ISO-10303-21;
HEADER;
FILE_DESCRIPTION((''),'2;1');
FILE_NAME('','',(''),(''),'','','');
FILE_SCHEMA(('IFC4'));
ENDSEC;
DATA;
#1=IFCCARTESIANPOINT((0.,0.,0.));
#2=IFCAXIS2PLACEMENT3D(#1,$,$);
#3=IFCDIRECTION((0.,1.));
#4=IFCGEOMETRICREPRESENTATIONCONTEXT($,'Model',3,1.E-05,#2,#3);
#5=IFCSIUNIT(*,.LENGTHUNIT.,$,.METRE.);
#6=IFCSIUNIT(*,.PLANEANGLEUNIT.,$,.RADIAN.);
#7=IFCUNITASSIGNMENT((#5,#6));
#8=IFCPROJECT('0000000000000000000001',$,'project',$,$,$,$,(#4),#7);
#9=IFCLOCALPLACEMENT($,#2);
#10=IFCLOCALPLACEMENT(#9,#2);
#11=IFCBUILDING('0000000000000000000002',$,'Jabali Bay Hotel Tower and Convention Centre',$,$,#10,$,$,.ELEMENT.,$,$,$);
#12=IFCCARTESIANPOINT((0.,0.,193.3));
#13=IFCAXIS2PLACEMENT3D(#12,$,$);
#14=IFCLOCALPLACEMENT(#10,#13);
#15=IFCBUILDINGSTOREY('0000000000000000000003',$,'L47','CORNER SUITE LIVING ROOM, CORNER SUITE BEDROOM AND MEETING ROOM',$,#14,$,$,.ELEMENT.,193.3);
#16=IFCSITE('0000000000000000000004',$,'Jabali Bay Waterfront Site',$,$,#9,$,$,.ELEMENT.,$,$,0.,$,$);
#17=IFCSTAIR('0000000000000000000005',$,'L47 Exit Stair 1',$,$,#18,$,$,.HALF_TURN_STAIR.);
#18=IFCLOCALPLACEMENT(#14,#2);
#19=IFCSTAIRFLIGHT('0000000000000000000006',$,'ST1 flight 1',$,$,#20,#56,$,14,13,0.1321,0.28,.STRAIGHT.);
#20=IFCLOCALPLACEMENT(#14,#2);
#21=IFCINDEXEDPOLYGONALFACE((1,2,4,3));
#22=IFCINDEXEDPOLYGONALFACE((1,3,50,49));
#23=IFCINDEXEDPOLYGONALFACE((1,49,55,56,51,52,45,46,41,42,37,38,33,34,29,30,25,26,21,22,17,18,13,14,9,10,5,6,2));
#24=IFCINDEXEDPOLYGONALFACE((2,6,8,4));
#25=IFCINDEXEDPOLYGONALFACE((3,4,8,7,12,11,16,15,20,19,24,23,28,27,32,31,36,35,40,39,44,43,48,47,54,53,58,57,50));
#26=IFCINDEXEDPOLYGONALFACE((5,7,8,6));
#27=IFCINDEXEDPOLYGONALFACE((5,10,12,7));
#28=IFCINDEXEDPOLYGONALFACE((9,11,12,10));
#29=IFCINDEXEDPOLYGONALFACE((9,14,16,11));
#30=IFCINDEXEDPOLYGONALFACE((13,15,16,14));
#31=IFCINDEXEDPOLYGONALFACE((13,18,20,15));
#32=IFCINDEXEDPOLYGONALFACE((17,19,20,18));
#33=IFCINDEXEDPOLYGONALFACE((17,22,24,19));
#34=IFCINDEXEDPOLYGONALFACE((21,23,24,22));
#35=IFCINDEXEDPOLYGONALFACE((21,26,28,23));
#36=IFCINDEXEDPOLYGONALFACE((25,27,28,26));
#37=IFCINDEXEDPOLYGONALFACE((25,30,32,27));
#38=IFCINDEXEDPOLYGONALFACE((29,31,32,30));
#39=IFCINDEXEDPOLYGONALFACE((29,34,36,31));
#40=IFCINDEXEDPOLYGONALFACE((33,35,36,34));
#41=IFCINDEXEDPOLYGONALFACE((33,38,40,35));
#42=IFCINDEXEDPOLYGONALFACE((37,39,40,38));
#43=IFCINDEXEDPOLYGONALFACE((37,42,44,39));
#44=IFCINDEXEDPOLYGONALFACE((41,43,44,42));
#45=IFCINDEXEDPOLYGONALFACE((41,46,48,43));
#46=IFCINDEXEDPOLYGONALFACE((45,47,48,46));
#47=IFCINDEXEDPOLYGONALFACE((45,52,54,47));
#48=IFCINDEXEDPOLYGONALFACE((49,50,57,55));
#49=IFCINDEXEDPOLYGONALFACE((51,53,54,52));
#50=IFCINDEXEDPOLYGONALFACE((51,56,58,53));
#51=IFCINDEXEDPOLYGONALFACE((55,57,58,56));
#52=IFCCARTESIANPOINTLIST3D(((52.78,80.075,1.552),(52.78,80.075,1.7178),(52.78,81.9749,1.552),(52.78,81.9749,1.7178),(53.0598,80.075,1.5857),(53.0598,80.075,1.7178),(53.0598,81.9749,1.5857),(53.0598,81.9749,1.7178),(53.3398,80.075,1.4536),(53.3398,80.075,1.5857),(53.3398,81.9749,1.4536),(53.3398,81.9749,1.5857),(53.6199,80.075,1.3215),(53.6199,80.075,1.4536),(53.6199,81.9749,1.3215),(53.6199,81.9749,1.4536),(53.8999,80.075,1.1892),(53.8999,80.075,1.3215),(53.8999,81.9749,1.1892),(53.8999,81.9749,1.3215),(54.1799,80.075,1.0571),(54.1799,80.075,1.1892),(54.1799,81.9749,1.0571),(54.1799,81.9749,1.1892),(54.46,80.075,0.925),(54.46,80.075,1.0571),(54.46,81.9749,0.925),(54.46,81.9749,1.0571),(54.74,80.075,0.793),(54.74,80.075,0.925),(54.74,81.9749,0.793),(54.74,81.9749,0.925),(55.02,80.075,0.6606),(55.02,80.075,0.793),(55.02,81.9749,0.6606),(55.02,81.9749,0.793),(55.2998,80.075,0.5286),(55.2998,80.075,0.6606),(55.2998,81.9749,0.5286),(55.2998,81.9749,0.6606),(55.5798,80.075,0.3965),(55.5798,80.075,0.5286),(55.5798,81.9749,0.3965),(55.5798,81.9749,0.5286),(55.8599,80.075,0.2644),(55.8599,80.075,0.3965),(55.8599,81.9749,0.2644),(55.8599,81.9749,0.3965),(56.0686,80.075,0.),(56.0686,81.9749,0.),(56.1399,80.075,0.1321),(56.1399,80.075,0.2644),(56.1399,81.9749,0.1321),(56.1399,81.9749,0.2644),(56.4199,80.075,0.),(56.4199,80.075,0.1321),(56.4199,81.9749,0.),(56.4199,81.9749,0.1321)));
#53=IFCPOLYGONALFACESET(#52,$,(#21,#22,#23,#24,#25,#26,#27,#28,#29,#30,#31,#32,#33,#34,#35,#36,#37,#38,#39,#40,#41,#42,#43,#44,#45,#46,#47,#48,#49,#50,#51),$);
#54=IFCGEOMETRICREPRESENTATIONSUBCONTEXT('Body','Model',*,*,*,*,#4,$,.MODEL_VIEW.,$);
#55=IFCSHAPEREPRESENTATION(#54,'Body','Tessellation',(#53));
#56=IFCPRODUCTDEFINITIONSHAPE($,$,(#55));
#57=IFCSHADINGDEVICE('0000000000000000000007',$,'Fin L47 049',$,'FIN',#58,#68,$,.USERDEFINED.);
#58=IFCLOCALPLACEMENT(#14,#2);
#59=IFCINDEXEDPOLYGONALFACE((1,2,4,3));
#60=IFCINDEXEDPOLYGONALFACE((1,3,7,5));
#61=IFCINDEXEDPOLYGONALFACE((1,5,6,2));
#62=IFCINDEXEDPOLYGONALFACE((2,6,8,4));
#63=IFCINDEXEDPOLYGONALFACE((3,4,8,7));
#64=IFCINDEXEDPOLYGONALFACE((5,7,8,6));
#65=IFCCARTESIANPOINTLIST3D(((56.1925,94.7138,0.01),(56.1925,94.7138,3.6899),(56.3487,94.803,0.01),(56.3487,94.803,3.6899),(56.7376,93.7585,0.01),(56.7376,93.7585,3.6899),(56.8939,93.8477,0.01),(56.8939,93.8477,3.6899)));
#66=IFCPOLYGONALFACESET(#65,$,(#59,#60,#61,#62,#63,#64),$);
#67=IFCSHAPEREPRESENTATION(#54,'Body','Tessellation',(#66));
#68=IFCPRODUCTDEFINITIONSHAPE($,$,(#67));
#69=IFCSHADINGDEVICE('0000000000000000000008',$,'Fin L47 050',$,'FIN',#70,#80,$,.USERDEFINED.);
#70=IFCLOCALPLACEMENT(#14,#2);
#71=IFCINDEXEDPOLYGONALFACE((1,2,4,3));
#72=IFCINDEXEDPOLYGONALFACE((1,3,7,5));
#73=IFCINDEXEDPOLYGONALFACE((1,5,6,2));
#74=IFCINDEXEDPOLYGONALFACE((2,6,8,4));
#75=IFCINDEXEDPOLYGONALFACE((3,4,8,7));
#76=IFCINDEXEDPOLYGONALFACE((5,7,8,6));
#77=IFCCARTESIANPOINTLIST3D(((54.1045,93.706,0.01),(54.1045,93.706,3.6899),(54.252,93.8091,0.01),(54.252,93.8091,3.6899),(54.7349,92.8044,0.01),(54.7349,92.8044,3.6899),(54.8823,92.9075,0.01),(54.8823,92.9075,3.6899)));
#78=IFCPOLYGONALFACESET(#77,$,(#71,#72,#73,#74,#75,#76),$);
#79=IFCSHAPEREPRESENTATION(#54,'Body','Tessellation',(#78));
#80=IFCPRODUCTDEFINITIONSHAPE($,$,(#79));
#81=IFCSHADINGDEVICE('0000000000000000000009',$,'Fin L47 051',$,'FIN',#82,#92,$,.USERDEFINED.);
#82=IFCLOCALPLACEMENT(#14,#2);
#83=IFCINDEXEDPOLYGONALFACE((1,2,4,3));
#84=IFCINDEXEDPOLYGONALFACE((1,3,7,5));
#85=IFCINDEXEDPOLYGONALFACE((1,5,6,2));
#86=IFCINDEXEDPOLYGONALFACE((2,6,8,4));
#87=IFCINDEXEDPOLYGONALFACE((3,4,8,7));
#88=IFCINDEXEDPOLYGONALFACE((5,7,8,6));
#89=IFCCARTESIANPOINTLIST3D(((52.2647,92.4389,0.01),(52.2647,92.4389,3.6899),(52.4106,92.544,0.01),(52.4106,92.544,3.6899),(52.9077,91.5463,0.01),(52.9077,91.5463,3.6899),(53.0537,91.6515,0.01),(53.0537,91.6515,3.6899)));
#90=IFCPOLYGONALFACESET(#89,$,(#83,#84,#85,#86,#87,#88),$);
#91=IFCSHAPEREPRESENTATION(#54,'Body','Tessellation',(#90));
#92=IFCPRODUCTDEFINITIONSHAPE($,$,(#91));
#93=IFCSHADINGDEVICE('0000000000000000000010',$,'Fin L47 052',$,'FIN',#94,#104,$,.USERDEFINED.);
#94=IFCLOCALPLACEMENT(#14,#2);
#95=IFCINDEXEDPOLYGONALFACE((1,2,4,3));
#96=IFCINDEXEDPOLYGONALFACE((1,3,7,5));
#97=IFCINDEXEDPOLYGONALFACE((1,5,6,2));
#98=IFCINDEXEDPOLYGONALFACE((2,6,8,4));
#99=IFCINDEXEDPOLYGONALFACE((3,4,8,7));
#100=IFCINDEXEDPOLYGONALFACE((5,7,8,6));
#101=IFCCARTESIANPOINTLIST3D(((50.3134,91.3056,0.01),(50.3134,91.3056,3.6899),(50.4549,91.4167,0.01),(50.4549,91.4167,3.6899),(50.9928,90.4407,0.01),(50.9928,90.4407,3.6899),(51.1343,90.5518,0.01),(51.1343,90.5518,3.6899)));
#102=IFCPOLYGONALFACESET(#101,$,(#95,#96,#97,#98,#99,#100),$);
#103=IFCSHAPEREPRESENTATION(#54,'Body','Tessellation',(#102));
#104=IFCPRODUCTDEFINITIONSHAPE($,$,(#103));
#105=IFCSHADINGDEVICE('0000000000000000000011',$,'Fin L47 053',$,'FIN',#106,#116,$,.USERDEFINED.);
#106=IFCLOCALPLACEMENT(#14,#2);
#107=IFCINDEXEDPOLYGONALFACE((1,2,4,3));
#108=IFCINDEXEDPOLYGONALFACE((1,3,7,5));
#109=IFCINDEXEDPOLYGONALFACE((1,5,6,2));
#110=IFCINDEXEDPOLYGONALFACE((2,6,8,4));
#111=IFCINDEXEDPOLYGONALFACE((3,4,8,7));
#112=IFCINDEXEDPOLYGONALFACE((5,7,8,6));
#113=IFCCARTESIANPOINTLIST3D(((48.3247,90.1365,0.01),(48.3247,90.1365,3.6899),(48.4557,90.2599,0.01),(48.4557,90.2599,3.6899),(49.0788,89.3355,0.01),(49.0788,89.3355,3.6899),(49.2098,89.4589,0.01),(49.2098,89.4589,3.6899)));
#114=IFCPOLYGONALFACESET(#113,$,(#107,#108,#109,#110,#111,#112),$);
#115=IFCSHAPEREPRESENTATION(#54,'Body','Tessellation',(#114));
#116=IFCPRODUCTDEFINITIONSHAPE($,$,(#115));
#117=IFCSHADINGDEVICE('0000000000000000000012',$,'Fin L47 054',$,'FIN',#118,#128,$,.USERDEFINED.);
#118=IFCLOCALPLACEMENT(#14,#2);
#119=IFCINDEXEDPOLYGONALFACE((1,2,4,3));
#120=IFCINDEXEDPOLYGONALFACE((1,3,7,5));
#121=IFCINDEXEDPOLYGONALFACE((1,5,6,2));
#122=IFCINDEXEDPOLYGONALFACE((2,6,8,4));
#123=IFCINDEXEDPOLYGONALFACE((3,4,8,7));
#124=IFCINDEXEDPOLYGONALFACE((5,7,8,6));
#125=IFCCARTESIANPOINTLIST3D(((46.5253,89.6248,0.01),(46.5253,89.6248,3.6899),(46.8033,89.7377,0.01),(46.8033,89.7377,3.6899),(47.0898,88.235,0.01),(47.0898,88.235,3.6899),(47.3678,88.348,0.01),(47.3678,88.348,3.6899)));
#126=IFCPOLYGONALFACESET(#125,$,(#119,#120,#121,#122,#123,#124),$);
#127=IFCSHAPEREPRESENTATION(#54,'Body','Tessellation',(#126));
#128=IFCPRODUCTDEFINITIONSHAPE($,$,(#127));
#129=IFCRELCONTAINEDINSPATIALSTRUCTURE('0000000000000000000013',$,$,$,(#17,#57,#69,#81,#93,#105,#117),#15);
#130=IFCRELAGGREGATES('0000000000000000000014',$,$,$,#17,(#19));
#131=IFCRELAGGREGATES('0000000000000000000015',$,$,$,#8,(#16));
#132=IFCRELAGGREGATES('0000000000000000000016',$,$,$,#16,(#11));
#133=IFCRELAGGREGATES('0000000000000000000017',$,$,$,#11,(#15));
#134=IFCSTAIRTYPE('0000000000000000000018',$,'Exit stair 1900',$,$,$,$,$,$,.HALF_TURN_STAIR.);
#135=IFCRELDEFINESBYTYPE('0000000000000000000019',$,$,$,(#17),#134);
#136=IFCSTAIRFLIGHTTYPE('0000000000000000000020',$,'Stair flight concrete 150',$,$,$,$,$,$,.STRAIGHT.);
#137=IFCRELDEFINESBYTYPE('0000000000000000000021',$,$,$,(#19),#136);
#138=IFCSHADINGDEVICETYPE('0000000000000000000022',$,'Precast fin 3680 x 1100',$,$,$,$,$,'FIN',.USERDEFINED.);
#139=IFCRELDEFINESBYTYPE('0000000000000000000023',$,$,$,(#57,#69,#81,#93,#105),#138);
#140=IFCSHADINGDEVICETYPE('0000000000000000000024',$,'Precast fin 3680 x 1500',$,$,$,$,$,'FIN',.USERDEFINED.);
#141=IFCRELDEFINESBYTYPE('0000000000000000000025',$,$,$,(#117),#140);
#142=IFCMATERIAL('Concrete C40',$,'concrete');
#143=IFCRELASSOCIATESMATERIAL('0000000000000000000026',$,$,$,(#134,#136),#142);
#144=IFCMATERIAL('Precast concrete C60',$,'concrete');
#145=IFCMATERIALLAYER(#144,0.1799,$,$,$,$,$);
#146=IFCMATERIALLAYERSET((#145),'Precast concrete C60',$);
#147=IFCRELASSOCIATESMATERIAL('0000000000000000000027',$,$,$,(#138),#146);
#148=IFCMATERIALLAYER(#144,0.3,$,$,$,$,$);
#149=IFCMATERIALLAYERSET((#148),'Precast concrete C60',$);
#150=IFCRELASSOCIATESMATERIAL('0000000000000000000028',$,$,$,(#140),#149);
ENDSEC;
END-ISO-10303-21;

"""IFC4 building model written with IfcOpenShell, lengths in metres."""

from ifc_helpers import new_model, si_unit, direction, frame, frame_2d, origin, place, context, subcontext, project, spatial, polyline, rectangle, outline, extrude, material, layer, layer_set, type_object, element, aggregate, save


model = new_model("IFC4")

# Units and contexts
model_context = context("Model", 3, precision=1e-05, world=origin(), true_north=direction((0.0, 1.0)))
body_context = subcontext(model_context, "Body", "Model", "MODEL_VIEW")
ifc_project = project(units=[si_unit("LENGTHUNIT", "METRE"), si_unit("PLANEANGLEUNIT", "RADIAN")], contexts=[model_context])

# Site, building, storey
site_placement = place(None, origin())
site = spatial("IfcSite", under=ifc_project, at=site_placement, Name="Jabali Bay Waterfront Site", CompositionType="ELEMENT", RefElevation=0.0)
building_placement = place(site_placement, origin())
building = spatial("IfcBuilding", under=site, at=building_placement, Name="Jabali Bay Hotel Tower and Convention Centre", CompositionType="ELEMENT")
storey_placement = place(building_placement, frame((0.0, 0.0, 193.3)))
storey = spatial("IfcBuildingStorey", under=building, at=storey_placement, Name="L47", Description="CORNER SUITE LIVING ROOM, CORNER SUITE BEDROOM AND MEETING ROOM", CompositionType="ELEMENT", Elevation=193.3)

# Shared definitions
ifc_material_1 = material(Name="Concrete C40", Category="concrete")

# Stair, stair flight
stair_type = type_object("IfcStairType", Name="Exit stair 1900", PredefinedType="HALF_TURN_STAIR", material=ifc_material_1)
stair_placement = place(storey_placement, origin())
stair = element("IfcStair", 1, at=stair_placement, inside=storey, type_object=stair_type, Name="L47 Exit Stair 1", PredefinedType="HALF_TURN_STAIR")
stair_flight_type = type_object("IfcStairFlightType", Name="Stair flight concrete 150", PredefinedType="STRAIGHT", material=ifc_material_1)
stair_flight_placement = place(storey_placement, frame((56.4199, 81.0249, 0.0), z_axis=(0.0, 0.0, 1.0), x_axis=(-1.0, 0.0, 0.0)))
stair_flight = element("IfcStairFlight", 2, at=stair_flight_placement, type_object=stair_flight_type, Name="ST1 flight 1", NumberOfRisers=14, NumberOfTreads=13, PredefinedType="STRAIGHT", RiserHeight=0.1321, TreadLength=0.28, context=body_context, shape_type="SweptSolid", body=[
    extrude(outline(polyline([(0.0, 0.0), (0.0, 0.1321), (0.28, 0.1321), (0.28, 0.2644), (0.5601, 0.2644), (0.5601, 0.3965), (0.8401, 0.3965), (0.8401, 0.5286), (1.1201, 0.5286), (1.1201, 0.6606), (1.3999, 0.6606), (1.3999, 0.793), (1.6799, 0.793), (1.6799, 0.925), (1.96, 0.925), (1.96, 1.0571), (2.24, 1.0571), (2.24, 1.1892), (2.52, 1.1892), (2.52, 1.3215), (2.8, 1.3215), (2.8, 1.4536), (3.0801, 1.4536), (3.0801, 1.5857), (3.3601, 1.5857), (3.3601, 1.7178), (3.6399, 1.7178), (3.6399, 1.8501), (3.6399, 1.552), (0.3513, 0.0), (0.0, 0.0)])), frame((0.0, 0.95, 0.0), z_axis=(0.0, -1.0, 0.0), x_axis=(1.0, 0.0, 0.0)), (0.0, 0.0, 1.0), 1.8999),
])
aggregate(stair, [stair_flight])

# Shading devices
ifc_material_2 = material(Name="Precast concrete C60", Category="concrete")
ifc_layer_1 = layer(ifc_material_2, 0.1799)
ifc_layer_set_1 = layer_set([ifc_layer_1], Name="Precast concrete C60")
shading_device_type_1 = type_object("IfcShadingDeviceType", Name="Precast fin 3680 x 1100", ElementType="FIN", PredefinedType="USERDEFINED", material=ifc_layer_set_1)
shading_device_1_placement = place(storey_placement, frame((56.8157, 93.8032, 0.01), z_axis=(0.0, 0.0, 1.0), x_axis=(-0.495637, 0.86853, 0.0)))
element("IfcShadingDevice", 3, at=shading_device_1_placement, inside=storey, type_object=shading_device_type_1, Name="Fin L47 049", ObjectType="FIN", PredefinedType="USERDEFINED", context=body_context, shape_type="SweptSolid", body=[
    extrude(rectangle(XDim=1.0999, YDim=0.1799, at=frame_2d((0.5498, 0.0))), origin(), (0.0, 0.0, 1.0), 3.6799),
])
for number, where, z_axis, x_axis, name in (
    (4, (54.8086, 92.856, 0.01), (0.0, 0.0, 1.0), (-0.573001, 0.819555, 0.0), "Fin L47 050"),
    (5, (52.9807, 91.5989, 0.01), (0.0, 0.0, 1.0), (-0.58455, 0.811358, 0.0), "Fin L47 051"),
):
    element("IfcShadingDevice", number, at=place(storey_placement, frame(where, z_axis=z_axis, x_axis=x_axis)), inside=storey, type_object=shading_device_type_1, Name=name, ObjectType="FIN", PredefinedType="USERDEFINED", context=body_context, shape_type="SweptSolid", body=[
        extrude(rectangle(XDim=1.1001, YDim=0.1799, at=frame_2d((0.55, 0.0))), origin(), (0.0, 0.0, 1.0), 3.6799),
    ])
shading_device_2_placement = place(storey_placement, frame((51.0635, 90.4963, 0.01), z_axis=(0.0, 0.0, 1.0), x_axis=(-0.617714, 0.786403, 0.0)))
element("IfcShadingDevice", 6, at=shading_device_2_placement, inside=storey, type_object=shading_device_type_1, Name="Fin L47 052", ObjectType="FIN", PredefinedType="USERDEFINED", context=body_context, shape_type="SweptSolid", body=[
    extrude(rectangle(XDim=1.0999, YDim=0.1799, at=frame_2d((0.5498, 0.0))), origin(), (0.0, 0.0, 1.0), 3.6799),
])
shading_device_3_placement = place(storey_placement, frame((49.1443, 89.3972, 0.01), z_axis=(0.0, 0.0, 1.0), x_axis=(-0.685482, 0.728089, 0.0)))
element("IfcShadingDevice", 7, at=shading_device_3_placement, inside=storey, type_object=shading_device_type_1, Name="Fin L47 053", ObjectType="FIN", PredefinedType="USERDEFINED", context=body_context, shape_type="SweptSolid", body=[
    extrude(rectangle(XDim=1.1001, YDim=0.1799, at=frame_2d((0.55, 0.0))), origin(), (0.0, 0.0, 1.0), 3.6799),
])
ifc_layer_2 = layer(ifc_material_2, 0.3)
ifc_layer_set_2 = layer_set([ifc_layer_2], Name="Precast concrete C60")
shading_device_type_2 = type_object("IfcShadingDeviceType", Name="Precast fin 3680 x 1500", ElementType="FIN", PredefinedType="USERDEFINED", material=ifc_layer_set_2)
shading_device_4_placement = place(storey_placement, frame((47.2288, 88.2915, 0.01), z_axis=(0.0, 0.0, 1.0), x_axis=(-0.376325, 0.926488, 0.0)))
element("IfcShadingDevice", 8, at=shading_device_4_placement, inside=storey, type_object=shading_device_type_2, Name="Fin L47 054", ObjectType="FIN", PredefinedType="USERDEFINED", context=body_context, shape_type="SweptSolid", body=[
    extrude(rectangle(XDim=1.5, YDim=0.3, at=frame_2d((0.75, 0.0))), origin(), (0.0, 0.0, 1.0), 3.6799),
])

save(model, "model.ifc")
